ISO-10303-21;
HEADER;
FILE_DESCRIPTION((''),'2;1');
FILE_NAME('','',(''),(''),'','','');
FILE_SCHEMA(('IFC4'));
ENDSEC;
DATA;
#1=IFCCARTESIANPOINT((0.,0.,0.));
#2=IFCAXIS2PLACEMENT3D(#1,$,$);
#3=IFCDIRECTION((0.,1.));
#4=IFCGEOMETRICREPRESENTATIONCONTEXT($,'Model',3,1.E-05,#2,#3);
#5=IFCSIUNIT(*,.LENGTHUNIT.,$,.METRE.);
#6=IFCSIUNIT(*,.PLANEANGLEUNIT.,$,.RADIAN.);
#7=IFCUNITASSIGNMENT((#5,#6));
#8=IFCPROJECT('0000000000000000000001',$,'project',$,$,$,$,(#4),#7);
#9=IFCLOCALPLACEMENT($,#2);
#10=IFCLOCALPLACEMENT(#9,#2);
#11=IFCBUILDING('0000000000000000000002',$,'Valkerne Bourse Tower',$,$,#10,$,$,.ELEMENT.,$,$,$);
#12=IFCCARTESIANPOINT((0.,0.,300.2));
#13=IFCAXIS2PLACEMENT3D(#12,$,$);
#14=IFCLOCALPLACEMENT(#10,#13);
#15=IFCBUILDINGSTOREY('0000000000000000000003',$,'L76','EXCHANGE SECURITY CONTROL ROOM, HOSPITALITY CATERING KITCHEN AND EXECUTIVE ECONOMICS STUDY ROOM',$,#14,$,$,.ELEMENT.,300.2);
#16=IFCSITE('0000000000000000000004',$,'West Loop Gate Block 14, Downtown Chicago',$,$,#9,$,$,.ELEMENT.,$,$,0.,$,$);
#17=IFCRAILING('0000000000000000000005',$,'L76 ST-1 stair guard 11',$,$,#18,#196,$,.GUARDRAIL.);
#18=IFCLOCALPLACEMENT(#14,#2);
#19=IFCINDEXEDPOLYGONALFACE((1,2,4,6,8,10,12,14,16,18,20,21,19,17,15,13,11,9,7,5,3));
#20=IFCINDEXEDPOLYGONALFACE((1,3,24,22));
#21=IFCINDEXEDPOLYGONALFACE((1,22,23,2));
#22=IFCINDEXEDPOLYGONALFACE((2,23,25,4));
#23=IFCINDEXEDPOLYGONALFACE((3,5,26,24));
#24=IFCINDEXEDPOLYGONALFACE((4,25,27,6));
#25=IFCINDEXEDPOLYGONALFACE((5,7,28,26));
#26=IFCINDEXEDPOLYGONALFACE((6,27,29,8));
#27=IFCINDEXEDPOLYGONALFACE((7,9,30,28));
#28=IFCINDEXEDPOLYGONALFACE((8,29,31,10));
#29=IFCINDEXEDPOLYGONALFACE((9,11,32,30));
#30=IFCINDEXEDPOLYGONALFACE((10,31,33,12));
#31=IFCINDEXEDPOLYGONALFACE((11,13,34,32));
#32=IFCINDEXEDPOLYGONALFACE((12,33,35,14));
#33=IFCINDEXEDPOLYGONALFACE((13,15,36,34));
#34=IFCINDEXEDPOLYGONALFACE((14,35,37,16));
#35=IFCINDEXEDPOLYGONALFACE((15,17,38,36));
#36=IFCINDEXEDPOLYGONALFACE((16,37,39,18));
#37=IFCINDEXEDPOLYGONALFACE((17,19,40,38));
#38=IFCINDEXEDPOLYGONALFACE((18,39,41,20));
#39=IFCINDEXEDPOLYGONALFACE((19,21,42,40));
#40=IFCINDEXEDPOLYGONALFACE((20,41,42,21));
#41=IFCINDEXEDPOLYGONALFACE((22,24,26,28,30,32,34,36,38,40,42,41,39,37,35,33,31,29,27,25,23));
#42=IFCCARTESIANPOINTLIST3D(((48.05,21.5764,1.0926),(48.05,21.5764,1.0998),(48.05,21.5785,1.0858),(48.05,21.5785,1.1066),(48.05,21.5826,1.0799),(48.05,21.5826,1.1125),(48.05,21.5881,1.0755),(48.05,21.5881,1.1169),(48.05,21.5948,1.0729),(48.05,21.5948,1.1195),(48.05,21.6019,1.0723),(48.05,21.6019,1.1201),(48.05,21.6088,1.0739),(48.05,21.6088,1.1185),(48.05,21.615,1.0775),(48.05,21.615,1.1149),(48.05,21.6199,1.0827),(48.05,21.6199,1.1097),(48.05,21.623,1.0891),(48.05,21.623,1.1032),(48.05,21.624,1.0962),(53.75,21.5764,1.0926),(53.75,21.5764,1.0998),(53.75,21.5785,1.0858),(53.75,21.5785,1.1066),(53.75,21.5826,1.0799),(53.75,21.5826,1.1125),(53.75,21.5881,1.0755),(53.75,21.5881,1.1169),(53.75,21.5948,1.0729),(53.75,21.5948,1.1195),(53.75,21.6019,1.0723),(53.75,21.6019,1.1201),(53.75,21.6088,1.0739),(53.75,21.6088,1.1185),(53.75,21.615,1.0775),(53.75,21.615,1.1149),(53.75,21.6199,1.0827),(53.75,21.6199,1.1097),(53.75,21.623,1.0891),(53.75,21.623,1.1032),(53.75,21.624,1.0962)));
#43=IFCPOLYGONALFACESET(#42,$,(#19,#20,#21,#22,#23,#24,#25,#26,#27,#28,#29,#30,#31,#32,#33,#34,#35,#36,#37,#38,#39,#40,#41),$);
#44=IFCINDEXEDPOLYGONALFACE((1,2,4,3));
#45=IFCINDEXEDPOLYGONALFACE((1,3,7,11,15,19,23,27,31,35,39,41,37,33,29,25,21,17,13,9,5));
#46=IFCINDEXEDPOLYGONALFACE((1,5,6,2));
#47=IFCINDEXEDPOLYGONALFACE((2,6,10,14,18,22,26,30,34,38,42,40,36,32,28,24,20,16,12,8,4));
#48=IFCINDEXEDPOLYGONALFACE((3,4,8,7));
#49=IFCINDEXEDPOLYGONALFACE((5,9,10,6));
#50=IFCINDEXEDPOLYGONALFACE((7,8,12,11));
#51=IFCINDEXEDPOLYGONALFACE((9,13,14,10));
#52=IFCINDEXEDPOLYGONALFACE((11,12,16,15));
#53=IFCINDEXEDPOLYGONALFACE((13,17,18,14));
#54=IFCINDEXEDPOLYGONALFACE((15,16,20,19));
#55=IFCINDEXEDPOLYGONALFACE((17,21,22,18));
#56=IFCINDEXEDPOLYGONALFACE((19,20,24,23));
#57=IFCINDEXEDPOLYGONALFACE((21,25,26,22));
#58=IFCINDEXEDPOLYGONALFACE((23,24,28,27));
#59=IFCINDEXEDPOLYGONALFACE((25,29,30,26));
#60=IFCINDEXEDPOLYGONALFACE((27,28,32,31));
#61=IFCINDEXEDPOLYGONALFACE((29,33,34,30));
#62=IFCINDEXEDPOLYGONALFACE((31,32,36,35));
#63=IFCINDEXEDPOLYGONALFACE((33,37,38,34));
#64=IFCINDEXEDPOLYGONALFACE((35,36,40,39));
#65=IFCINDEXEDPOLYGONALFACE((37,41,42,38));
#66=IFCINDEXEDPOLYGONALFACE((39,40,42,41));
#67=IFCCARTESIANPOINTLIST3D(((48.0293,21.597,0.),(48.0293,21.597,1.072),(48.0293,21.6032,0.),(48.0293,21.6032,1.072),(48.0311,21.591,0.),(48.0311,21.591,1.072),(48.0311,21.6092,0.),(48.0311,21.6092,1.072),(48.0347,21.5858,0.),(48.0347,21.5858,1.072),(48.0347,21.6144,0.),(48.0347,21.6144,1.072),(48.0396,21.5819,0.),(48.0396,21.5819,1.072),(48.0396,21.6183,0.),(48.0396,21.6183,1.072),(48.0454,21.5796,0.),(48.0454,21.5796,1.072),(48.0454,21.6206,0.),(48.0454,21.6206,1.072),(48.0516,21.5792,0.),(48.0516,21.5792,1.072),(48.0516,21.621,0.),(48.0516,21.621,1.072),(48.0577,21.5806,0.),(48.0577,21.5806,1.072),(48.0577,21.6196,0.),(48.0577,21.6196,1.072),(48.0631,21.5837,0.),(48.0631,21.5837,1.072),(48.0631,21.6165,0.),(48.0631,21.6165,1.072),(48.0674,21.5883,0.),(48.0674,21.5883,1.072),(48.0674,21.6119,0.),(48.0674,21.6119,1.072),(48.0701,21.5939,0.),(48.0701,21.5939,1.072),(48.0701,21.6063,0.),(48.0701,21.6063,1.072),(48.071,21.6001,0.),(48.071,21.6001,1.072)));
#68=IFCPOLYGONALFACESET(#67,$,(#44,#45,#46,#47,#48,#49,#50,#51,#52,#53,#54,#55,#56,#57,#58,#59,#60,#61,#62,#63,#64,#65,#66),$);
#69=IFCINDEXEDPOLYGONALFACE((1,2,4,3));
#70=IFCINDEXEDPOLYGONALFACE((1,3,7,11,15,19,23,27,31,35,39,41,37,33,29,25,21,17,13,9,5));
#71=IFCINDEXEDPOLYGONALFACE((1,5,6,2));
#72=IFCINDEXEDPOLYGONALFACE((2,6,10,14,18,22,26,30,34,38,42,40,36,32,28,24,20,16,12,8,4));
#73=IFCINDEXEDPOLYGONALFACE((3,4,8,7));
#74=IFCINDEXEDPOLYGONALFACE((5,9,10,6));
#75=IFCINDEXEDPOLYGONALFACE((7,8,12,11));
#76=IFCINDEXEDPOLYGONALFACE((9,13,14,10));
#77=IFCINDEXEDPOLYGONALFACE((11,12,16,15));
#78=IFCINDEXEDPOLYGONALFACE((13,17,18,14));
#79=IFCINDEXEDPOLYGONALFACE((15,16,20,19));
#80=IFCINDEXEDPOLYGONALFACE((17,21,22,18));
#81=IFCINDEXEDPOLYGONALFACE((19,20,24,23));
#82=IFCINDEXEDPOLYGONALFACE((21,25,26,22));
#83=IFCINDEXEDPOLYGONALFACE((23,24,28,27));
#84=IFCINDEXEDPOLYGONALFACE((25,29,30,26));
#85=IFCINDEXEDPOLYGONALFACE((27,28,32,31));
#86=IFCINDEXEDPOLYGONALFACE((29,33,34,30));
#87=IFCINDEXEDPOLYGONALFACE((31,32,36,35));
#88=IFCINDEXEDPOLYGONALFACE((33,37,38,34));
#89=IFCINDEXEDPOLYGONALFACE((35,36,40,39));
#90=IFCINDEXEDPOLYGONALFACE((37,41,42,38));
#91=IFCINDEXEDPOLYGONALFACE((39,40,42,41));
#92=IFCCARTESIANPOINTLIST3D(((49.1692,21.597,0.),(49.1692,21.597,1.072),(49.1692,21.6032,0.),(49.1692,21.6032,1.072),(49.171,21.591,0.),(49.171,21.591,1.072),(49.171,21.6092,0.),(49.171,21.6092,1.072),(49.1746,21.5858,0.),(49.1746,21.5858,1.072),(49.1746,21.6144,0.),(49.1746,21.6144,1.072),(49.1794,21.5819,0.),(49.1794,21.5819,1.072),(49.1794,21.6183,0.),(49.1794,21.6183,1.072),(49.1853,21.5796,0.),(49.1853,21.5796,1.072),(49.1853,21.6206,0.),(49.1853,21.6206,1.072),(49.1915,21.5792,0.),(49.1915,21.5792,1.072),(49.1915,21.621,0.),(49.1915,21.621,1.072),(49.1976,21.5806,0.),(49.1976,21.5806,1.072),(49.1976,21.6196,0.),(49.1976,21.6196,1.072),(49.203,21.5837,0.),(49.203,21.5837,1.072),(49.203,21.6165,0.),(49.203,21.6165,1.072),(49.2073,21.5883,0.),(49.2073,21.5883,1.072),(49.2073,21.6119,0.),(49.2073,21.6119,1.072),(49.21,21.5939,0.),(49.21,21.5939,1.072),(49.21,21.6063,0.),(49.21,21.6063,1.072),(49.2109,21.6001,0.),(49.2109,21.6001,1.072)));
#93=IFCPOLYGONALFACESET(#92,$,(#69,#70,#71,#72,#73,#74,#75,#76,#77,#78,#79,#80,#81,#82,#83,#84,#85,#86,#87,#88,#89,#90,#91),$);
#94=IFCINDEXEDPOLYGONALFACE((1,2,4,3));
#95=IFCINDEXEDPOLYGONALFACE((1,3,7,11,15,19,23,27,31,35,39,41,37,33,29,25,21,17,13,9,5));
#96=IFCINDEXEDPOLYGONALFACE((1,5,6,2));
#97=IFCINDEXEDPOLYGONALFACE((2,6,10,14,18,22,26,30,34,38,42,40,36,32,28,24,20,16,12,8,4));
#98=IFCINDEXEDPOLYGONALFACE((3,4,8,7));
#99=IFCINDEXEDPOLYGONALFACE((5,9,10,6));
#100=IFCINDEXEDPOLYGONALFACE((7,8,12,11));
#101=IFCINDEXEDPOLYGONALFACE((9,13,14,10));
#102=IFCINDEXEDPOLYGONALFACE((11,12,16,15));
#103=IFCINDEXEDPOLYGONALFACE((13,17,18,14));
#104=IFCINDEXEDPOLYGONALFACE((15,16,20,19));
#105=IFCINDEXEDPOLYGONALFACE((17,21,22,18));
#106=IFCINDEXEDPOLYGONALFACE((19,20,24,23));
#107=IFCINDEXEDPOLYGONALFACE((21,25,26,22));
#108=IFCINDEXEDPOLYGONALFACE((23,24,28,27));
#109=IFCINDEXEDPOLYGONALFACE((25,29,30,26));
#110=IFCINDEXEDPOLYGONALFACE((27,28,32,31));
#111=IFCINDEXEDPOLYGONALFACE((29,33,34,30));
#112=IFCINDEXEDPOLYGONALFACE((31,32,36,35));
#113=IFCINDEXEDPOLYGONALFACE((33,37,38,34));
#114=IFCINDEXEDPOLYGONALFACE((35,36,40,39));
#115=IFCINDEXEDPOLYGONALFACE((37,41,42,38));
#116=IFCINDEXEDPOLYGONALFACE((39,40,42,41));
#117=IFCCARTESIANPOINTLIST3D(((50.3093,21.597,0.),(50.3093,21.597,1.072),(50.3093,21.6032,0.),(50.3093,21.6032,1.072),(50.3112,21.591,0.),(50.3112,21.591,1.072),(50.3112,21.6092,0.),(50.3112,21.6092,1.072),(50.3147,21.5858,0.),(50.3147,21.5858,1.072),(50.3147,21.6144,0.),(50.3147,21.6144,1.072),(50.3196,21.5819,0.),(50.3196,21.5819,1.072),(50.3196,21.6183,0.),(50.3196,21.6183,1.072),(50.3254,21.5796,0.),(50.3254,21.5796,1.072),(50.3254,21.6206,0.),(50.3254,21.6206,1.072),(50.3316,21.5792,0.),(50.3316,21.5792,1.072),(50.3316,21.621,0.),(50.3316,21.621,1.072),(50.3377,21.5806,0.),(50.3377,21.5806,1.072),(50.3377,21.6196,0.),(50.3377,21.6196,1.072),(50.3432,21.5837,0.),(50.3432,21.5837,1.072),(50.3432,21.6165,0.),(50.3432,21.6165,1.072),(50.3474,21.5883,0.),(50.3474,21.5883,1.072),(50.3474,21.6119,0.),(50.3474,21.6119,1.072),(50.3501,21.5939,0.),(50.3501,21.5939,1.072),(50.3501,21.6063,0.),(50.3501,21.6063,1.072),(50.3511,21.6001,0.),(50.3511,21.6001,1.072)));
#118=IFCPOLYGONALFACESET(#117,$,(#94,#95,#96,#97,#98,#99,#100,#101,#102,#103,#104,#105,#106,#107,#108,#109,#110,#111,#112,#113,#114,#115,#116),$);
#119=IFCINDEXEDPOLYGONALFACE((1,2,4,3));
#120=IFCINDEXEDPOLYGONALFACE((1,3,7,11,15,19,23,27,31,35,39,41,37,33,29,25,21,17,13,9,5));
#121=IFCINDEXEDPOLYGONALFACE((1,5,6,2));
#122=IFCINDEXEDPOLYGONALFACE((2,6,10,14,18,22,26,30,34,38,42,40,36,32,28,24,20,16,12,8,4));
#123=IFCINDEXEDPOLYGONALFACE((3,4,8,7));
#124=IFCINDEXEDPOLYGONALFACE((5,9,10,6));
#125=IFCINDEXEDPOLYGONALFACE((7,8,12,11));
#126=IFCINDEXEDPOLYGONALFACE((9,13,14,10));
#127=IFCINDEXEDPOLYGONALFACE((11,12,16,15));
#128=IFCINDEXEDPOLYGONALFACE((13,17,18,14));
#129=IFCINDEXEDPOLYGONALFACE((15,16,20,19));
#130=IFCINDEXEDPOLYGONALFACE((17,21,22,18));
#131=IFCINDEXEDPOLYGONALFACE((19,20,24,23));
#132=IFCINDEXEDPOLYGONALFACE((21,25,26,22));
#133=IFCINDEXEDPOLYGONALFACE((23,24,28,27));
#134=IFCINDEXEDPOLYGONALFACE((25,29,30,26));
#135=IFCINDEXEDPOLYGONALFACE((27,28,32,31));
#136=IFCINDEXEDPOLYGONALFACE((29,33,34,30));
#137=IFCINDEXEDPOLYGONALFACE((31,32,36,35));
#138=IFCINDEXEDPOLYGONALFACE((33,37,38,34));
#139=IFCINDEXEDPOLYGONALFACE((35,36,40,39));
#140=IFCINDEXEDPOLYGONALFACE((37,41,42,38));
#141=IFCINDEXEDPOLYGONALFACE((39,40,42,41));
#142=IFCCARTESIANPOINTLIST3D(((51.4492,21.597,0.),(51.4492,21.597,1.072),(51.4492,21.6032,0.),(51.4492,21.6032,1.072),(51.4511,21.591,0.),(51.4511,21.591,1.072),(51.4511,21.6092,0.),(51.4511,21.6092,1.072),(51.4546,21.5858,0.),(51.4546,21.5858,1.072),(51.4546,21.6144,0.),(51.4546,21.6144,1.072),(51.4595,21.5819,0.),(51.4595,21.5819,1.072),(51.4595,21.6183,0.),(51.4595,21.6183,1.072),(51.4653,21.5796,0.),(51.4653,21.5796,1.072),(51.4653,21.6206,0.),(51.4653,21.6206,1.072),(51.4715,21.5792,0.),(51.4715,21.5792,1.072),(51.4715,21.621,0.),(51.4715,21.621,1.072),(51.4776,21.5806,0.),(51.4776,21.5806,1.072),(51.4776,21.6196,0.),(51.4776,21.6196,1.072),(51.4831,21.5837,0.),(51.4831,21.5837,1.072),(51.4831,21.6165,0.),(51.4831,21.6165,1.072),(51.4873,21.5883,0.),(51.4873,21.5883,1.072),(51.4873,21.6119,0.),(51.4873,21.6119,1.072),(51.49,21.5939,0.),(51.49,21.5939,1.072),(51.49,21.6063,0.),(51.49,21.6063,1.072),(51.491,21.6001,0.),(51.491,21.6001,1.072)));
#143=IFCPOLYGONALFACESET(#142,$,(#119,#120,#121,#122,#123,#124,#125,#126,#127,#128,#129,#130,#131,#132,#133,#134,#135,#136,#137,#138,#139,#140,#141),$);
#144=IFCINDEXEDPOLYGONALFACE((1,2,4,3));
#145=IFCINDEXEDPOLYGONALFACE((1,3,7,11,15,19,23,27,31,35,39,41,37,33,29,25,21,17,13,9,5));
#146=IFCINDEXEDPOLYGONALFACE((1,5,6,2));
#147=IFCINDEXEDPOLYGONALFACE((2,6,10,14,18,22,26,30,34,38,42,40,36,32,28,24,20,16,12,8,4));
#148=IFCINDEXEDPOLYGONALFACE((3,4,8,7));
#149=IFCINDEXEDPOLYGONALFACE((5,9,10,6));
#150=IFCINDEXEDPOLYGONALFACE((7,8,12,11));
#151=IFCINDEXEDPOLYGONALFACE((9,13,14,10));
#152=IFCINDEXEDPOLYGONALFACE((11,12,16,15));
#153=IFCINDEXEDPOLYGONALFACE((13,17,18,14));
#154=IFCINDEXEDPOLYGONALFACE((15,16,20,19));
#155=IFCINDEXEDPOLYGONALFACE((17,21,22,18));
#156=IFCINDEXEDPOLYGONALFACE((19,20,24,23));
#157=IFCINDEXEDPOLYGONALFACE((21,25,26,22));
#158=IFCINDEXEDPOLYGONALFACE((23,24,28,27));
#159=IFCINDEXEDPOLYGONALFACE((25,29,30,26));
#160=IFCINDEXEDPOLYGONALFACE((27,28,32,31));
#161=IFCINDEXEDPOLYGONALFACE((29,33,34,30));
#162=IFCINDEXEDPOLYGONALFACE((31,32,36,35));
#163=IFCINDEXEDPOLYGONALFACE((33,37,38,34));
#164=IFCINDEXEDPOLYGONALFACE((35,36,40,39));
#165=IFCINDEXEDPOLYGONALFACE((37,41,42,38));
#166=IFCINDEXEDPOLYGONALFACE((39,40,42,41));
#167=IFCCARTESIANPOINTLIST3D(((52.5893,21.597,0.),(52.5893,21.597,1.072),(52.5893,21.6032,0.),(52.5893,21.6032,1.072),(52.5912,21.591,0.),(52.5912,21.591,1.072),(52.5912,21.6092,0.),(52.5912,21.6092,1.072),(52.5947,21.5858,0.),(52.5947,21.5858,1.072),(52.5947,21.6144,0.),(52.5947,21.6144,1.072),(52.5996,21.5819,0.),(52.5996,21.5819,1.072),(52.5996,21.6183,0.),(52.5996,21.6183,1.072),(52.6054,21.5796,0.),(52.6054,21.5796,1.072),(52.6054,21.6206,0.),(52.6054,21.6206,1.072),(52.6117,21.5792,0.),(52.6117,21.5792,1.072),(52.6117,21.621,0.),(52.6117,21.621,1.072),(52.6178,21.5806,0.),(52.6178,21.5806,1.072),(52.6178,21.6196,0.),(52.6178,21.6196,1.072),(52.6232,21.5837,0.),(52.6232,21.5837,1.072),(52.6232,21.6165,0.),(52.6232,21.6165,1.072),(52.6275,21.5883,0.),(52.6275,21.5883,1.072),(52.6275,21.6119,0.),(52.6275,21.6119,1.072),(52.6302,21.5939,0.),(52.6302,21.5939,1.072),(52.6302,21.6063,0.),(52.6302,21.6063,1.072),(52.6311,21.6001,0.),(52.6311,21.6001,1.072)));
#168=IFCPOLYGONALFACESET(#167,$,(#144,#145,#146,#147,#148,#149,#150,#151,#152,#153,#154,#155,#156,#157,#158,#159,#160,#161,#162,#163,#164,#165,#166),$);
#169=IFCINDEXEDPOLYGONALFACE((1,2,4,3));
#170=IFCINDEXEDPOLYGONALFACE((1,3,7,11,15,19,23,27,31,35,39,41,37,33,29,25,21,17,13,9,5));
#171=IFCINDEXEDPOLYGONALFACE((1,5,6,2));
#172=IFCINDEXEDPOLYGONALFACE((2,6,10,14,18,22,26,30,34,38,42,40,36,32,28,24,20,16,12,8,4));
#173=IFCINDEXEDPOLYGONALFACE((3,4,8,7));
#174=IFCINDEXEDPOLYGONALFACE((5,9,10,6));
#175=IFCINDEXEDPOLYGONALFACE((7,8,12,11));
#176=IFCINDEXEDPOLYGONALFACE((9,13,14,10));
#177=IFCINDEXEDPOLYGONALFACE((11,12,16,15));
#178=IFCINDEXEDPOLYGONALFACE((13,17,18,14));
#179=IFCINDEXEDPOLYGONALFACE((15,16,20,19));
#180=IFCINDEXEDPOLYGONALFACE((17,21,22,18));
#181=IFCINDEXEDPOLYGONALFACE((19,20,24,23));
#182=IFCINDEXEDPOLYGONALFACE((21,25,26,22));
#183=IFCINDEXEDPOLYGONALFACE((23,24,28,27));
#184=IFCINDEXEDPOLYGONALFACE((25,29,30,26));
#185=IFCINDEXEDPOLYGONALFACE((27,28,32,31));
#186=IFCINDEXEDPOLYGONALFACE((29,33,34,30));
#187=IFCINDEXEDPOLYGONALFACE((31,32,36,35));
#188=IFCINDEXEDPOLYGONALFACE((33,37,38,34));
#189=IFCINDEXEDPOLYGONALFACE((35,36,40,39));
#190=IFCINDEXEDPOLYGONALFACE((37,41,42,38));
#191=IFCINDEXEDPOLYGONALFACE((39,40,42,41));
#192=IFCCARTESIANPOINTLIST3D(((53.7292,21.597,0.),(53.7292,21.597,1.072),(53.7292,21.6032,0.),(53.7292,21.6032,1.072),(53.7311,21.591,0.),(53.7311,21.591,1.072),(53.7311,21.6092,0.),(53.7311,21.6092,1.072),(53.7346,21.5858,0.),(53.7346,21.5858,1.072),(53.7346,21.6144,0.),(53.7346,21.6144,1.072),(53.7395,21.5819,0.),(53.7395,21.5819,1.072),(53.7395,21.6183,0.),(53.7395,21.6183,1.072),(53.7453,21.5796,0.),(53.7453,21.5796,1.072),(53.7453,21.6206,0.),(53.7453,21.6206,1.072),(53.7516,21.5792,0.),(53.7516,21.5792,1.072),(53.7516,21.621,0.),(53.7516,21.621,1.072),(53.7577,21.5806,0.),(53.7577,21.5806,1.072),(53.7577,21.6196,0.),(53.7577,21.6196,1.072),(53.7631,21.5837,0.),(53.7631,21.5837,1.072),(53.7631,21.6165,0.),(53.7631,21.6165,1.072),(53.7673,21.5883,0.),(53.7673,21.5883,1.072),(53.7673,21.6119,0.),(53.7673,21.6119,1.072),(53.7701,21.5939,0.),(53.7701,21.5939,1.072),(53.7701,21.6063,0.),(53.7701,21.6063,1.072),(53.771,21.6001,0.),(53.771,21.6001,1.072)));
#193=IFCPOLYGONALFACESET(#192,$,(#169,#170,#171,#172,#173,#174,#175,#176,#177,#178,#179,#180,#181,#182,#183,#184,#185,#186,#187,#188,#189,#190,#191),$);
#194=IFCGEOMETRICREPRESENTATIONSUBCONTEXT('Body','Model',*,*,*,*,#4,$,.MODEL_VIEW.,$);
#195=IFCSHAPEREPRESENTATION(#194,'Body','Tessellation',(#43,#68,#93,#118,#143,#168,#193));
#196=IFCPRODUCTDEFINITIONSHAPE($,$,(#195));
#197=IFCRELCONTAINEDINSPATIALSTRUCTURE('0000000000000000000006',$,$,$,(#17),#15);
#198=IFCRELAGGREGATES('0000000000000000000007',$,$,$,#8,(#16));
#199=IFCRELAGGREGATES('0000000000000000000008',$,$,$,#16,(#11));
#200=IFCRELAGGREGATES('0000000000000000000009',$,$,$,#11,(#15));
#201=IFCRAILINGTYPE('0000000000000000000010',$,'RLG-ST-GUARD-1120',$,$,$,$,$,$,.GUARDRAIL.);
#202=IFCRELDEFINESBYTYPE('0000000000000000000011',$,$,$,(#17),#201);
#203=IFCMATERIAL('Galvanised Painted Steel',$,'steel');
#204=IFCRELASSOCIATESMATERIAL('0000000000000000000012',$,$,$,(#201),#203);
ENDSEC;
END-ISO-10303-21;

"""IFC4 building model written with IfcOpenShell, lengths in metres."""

from ifc_helpers import new_model, si_unit, direction, frame, origin, origin_2d, place, context, subcontext, project, spatial, circle, extrude, material, type_object, element, save


model = new_model("IFC4")

# Units and contexts
model_context = context("Model", 3, precision=1e-05, world=origin(), true_north=direction((0.0, 1.0)))
body_context = subcontext(model_context, "Body", "Model", "MODEL_VIEW")
ifc_project = project(units=[si_unit("LENGTHUNIT", "METRE"), si_unit("PLANEANGLEUNIT", "RADIAN")], contexts=[model_context])

# Site, building, storey
site_placement = place(None, origin())
site = spatial("IfcSite", under=ifc_project, at=site_placement, Name="West Loop Gate Block 14, Downtown Chicago", CompositionType="ELEMENT", RefElevation=0.0)
building_placement = place(site_placement, origin())
building = spatial("IfcBuilding", under=site, at=building_placement, Name="Valkerne Bourse Tower", CompositionType="ELEMENT")
storey_placement = place(building_placement, frame((0.0, 0.0, 300.2)))
storey = spatial("IfcBuildingStorey", under=building, at=storey_placement, Name="L76", Description="EXCHANGE SECURITY CONTROL ROOM, HOSPITALITY CATERING KITCHEN AND EXECUTIVE ECONOMICS STUDY ROOM", CompositionType="ELEMENT", Elevation=300.2)

# Shared definitions
ifc_material_1 = material(Name="Galvanised Painted Steel", Category="steel")

# Railing
railing_type_1 = type_object("IfcRailingType", Name="RLG-ST-GUARD-1120", PredefinedType="GUARDRAIL", material=ifc_material_1)
railing_1_placement = place(storey_placement, frame((48.05, 21.6001, 0.0)))
element("IfcRailing", 1, at=railing_1_placement, inside=storey, type_object=railing_type_1, Name="L76 ST-1 stair guard 11", PredefinedType="GUARDRAIL", context=body_context, shape_type="SweptSolid", body=[
    extrude(circle(Radius=0.0239, at=origin_2d()), frame((0.0, 0.0, 1.0962), z_axis=(1.0, 0.0, 0.0), x_axis=(0.0, 1.0, 0.0)), (0.0, 0.0, 1.0), 5.7),
    extrude(circle(Radius=0.021, at=origin_2d()), origin(), (0.0, 0.0, 1.0), 1.072),
    extrude(circle(Radius=0.021, at=origin_2d()), frame((1.1399, 0.0, 0.0)), (0.0, 0.0, 1.0), 1.072),
    extrude(circle(Radius=0.021, at=origin_2d()), frame((2.28, 0.0, 0.0)), (0.0, 0.0, 1.0), 1.072),
    extrude(circle(Radius=0.021, at=origin_2d()), frame((3.4199, 0.0, 0.0)), (0.0, 0.0, 1.0), 1.072),
    extrude(circle(Radius=0.021, at=origin_2d()), frame((4.5601, 0.0, 0.0)), (0.0, 0.0, 1.0), 1.072),
    extrude(circle(Radius=0.021, at=origin_2d()), frame((5.7, 0.0, 0.0)), (0.0, 0.0, 1.0), 1.072),
])

save(model, "model.ifc")
